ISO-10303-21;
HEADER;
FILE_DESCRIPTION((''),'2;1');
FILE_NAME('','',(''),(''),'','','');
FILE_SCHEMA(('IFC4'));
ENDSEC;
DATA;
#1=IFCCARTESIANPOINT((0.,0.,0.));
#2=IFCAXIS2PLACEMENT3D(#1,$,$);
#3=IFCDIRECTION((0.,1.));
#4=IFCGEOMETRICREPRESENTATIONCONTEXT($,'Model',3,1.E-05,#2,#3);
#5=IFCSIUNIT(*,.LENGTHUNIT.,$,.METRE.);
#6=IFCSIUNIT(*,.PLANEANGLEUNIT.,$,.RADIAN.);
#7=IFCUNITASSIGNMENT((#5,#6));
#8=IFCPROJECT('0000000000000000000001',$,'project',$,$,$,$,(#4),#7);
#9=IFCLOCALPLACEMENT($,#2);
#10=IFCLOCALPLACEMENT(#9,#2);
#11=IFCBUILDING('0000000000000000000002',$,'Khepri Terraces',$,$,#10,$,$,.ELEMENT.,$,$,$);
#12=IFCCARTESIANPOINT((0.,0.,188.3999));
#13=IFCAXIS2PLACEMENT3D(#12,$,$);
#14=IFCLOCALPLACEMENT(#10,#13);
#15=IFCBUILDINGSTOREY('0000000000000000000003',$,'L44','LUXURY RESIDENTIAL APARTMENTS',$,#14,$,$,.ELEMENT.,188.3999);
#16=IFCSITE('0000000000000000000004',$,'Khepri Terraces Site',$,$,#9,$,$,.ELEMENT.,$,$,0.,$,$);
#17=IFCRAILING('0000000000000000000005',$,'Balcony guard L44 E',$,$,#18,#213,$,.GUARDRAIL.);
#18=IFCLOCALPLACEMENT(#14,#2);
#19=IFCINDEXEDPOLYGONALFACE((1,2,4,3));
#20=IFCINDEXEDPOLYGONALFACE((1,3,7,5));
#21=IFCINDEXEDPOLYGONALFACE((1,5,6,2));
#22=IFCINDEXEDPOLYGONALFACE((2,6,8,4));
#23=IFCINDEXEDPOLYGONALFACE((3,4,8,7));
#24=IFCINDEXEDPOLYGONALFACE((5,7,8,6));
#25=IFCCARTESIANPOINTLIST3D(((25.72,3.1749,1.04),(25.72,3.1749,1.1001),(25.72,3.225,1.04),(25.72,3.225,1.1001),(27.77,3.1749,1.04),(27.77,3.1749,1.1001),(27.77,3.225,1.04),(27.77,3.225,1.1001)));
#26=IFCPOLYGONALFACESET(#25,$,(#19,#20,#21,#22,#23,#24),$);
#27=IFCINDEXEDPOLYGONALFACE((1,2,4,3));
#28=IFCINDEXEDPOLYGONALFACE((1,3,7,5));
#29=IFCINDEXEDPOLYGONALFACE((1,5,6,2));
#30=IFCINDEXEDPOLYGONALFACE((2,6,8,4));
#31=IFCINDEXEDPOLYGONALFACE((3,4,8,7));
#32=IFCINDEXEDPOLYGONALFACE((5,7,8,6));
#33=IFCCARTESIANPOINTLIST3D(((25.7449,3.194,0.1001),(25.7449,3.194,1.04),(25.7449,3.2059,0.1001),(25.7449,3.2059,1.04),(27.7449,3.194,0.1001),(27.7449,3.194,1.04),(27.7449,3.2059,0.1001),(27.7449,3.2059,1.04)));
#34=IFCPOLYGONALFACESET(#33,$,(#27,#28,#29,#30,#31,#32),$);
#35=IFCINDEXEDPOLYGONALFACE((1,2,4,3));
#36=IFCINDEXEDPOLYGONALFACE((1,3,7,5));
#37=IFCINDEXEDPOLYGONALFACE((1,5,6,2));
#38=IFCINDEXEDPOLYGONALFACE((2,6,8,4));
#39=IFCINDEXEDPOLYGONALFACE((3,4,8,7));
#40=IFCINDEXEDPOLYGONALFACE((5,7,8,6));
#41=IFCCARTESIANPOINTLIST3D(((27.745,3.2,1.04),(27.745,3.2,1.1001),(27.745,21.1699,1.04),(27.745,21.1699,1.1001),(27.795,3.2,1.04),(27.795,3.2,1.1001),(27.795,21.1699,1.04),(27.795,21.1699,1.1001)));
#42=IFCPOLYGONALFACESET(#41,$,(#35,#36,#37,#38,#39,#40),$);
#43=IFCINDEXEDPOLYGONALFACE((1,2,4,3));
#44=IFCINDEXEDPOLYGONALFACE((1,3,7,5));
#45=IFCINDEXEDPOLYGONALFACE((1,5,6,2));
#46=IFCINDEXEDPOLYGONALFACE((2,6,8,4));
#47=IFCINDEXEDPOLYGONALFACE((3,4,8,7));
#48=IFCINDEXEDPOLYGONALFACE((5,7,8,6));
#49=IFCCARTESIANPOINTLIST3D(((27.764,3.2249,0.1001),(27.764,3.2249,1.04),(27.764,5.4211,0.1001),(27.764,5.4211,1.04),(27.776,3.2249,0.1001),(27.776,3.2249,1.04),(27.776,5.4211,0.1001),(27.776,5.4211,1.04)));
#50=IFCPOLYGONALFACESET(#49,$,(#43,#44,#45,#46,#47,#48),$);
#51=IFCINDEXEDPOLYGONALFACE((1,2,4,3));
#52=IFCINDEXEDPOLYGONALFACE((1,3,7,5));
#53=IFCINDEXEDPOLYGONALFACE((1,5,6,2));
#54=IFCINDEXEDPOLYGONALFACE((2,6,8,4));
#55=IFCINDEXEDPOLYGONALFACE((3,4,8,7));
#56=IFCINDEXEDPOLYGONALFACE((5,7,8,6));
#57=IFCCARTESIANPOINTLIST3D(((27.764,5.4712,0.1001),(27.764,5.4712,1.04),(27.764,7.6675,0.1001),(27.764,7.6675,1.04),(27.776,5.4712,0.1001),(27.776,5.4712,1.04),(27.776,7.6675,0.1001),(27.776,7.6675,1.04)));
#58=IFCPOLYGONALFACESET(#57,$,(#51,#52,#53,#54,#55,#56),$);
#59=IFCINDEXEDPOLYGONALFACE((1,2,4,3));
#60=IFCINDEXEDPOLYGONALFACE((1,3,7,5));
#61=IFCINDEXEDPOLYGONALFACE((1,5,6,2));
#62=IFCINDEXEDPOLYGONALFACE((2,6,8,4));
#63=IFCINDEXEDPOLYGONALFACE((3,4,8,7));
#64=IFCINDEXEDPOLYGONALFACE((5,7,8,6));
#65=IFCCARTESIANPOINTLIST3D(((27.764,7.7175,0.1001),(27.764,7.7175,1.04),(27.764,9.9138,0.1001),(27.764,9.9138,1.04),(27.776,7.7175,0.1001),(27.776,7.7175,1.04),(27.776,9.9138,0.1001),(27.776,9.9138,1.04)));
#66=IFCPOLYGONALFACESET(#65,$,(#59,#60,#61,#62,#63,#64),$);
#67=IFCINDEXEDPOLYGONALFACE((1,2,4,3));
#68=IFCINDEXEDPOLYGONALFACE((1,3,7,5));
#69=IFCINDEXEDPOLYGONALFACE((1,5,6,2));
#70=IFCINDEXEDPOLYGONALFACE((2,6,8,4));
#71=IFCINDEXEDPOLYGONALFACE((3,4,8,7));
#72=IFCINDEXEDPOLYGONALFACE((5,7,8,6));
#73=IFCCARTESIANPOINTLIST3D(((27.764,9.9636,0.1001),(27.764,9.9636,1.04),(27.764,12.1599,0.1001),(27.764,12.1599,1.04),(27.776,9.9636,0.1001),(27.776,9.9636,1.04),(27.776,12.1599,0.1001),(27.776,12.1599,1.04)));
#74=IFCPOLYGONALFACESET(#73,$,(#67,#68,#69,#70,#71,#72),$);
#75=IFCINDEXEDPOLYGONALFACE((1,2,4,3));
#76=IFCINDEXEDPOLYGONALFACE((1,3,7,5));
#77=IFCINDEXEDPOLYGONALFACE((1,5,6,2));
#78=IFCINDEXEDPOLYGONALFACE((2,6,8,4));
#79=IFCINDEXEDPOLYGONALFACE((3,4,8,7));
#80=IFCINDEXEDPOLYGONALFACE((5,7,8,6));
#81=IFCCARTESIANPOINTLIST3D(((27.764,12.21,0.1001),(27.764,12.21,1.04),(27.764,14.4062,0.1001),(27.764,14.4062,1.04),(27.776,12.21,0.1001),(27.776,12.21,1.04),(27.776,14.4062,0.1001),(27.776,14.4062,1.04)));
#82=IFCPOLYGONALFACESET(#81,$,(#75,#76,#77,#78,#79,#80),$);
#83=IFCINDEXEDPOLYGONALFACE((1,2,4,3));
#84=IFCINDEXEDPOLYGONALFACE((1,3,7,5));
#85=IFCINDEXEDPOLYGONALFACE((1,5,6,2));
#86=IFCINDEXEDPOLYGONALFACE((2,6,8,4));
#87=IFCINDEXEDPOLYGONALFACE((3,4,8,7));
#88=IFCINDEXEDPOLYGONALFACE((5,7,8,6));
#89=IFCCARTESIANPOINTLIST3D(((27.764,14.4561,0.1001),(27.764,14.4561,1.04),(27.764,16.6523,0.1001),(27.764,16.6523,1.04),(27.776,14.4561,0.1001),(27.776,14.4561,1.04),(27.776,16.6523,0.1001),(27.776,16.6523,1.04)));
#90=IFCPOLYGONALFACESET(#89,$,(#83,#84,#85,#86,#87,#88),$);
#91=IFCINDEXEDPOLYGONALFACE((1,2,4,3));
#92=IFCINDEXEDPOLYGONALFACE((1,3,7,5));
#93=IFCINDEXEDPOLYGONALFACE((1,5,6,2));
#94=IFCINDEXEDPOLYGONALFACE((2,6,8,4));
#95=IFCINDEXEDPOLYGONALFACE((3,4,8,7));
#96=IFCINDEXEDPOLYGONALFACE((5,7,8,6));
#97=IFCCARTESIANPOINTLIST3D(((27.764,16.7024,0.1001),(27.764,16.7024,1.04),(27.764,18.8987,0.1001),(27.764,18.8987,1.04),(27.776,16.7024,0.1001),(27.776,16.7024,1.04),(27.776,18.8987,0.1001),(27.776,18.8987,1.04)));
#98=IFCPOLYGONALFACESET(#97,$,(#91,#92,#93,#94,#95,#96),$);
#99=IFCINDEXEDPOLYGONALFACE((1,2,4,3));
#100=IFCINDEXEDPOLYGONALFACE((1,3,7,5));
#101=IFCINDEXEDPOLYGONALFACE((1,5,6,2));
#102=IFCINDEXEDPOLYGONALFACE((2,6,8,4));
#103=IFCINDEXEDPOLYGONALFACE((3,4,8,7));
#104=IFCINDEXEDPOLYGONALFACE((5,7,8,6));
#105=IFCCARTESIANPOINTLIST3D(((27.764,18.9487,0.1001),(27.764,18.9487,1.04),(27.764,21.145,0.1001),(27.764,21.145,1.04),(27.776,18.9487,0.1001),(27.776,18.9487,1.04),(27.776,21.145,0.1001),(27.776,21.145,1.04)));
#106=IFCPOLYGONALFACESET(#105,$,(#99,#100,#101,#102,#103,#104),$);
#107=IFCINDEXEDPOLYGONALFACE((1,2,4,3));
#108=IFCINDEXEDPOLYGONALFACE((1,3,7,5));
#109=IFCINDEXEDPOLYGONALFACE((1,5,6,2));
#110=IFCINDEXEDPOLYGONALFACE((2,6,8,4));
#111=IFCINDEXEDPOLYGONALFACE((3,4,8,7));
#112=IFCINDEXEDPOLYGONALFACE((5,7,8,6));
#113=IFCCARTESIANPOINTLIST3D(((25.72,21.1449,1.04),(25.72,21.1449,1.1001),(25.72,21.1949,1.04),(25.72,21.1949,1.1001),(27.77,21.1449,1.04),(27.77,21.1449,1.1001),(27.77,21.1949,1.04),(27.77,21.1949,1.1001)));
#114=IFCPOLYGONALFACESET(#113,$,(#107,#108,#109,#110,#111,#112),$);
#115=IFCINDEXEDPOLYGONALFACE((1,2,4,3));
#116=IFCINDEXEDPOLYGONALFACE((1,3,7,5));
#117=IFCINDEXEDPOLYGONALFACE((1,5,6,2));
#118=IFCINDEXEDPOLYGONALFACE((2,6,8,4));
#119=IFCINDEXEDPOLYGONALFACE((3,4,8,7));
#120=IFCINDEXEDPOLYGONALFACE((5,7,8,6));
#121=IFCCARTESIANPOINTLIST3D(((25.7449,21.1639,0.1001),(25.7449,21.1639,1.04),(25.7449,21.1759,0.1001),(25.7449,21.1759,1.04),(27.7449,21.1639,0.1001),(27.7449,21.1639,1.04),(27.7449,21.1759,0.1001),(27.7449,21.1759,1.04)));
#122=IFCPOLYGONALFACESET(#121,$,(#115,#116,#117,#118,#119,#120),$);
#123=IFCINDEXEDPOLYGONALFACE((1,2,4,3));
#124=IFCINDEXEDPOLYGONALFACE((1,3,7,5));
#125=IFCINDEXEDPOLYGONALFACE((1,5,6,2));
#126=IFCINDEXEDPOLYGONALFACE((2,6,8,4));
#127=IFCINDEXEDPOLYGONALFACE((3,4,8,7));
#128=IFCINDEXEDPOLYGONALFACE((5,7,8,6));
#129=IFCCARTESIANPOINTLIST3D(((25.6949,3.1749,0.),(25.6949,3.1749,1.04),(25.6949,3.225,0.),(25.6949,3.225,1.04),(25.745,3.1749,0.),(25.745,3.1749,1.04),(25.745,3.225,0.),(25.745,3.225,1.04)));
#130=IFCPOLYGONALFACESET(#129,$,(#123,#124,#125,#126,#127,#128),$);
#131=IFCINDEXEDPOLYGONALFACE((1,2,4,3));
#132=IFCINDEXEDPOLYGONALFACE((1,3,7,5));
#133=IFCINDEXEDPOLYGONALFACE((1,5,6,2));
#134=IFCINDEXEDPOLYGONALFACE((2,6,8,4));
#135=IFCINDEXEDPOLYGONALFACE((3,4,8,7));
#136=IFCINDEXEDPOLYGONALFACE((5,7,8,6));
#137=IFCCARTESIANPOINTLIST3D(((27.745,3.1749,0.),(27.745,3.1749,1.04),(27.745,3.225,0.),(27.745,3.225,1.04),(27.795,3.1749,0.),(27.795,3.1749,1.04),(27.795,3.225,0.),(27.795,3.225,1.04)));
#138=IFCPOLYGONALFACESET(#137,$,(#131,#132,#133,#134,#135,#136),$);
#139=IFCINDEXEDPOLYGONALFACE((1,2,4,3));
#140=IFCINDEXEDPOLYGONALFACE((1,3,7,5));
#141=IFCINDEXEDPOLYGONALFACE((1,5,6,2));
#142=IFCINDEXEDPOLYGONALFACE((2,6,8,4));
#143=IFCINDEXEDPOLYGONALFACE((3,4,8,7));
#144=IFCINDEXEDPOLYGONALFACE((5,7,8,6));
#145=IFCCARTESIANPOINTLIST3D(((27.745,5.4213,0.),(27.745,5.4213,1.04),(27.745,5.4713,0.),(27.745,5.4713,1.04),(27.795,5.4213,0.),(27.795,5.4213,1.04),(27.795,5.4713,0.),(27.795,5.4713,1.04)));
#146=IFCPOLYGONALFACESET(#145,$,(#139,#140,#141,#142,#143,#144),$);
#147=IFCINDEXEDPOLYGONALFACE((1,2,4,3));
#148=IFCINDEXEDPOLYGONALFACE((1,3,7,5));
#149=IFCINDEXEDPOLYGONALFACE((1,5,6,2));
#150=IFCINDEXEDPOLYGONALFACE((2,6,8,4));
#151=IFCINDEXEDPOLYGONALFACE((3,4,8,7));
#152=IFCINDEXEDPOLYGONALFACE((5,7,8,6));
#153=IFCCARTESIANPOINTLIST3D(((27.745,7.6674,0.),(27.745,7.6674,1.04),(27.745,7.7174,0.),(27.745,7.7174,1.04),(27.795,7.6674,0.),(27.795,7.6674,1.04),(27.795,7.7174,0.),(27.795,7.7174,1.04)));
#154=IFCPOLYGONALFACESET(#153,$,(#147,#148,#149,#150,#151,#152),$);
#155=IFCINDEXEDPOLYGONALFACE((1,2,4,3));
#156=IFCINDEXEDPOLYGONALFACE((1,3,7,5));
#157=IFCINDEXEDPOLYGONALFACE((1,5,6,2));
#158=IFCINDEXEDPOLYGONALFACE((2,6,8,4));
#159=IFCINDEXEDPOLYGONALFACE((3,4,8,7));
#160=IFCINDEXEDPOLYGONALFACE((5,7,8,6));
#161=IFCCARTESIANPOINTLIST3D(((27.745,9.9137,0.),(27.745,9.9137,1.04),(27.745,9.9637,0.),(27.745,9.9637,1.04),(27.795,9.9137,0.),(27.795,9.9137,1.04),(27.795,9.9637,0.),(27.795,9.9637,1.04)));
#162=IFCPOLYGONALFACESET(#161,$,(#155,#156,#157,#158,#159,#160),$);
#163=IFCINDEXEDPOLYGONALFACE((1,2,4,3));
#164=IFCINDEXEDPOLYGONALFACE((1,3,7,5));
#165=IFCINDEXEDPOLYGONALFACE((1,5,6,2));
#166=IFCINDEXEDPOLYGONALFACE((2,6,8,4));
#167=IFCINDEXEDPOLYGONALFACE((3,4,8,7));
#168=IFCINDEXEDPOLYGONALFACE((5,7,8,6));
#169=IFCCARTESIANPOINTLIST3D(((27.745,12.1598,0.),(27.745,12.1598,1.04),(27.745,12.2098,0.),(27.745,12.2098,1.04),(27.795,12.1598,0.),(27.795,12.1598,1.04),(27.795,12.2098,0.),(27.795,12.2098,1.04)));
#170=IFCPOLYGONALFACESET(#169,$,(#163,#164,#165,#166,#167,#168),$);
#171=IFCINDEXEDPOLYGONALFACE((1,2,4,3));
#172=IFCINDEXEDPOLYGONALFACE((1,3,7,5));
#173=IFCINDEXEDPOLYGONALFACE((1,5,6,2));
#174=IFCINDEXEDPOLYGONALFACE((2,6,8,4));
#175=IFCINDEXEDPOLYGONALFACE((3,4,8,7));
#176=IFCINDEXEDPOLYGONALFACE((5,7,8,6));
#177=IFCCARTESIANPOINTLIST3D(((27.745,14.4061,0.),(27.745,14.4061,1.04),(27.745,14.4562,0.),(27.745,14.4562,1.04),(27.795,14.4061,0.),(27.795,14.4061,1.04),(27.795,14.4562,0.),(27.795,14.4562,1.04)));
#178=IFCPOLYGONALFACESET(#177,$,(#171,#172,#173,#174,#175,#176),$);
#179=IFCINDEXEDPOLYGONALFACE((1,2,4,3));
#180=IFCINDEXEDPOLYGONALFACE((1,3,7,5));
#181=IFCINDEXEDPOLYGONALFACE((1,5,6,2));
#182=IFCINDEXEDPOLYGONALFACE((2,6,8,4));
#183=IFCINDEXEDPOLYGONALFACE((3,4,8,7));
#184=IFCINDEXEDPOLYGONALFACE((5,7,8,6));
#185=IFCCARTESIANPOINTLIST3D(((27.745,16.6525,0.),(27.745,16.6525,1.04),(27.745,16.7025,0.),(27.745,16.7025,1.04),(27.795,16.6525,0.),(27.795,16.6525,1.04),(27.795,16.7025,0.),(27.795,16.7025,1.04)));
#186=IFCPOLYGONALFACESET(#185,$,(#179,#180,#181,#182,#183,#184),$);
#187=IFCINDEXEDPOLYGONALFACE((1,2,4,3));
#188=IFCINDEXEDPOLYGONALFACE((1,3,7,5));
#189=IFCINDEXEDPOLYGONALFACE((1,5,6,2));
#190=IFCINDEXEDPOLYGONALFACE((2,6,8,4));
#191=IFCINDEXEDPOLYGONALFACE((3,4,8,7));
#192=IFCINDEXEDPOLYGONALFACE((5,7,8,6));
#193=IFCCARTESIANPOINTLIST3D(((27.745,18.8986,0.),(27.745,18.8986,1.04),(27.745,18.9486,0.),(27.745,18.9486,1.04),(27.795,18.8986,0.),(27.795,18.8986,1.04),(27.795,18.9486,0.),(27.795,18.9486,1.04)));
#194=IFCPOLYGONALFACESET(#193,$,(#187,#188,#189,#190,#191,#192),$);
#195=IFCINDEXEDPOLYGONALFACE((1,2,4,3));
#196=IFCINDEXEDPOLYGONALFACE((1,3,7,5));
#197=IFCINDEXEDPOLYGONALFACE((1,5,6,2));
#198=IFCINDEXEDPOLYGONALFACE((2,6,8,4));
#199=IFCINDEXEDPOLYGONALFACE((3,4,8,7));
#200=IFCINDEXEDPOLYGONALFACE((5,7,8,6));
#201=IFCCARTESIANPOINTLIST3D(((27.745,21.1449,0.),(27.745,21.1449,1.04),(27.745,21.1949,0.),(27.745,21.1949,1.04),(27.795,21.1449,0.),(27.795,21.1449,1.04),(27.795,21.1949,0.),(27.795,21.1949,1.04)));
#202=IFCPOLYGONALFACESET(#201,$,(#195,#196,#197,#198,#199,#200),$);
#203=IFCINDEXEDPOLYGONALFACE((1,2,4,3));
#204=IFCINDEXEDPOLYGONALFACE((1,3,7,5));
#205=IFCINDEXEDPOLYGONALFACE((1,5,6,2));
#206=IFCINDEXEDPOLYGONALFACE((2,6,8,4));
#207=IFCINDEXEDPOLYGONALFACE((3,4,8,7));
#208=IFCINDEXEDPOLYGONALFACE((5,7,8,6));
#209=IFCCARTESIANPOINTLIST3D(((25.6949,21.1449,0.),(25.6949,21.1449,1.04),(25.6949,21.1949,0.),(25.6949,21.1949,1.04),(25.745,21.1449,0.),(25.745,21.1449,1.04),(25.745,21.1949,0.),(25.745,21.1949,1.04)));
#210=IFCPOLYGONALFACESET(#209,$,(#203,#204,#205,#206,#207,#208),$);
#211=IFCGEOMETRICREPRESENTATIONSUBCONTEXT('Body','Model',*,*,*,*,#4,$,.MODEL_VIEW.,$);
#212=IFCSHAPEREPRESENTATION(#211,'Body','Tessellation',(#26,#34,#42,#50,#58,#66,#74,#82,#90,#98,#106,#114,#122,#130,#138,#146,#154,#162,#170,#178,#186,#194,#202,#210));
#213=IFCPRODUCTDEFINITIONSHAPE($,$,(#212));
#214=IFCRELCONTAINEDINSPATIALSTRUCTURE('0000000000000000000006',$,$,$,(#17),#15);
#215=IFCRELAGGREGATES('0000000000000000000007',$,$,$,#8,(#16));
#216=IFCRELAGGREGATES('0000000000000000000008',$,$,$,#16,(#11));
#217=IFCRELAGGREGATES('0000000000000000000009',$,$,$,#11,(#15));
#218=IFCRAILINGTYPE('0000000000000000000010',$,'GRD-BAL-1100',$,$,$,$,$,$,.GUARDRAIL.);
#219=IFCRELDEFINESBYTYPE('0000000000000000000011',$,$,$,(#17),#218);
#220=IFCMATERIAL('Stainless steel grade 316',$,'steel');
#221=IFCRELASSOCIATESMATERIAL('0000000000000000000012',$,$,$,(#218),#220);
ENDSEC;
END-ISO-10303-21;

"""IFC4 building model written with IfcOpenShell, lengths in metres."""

from ifc_helpers import new_model, si_unit, direction, frame, origin, origin_2d, place, context, subcontext, project, spatial, rectangle, extrude, material, type_object, element, save


model = new_model("IFC4")

# Units and contexts
model_context = context("Model", 3, precision=1e-05, world=origin(), true_north=direction((0.0, 1.0)))
body_context = subcontext(model_context, "Body", "Model", "MODEL_VIEW")
ifc_project = project(units=[si_unit("LENGTHUNIT", "METRE"), si_unit("PLANEANGLEUNIT", "RADIAN")], contexts=[model_context])

# Site, building, storey
site_placement = place(None, origin())
site = spatial("IfcSite", under=ifc_project, at=site_placement, Name="Khepri Terraces Site", CompositionType="ELEMENT", RefElevation=0.0)
building_placement = place(site_placement, origin())
building = spatial("IfcBuilding", under=site, at=building_placement, Name="Khepri Terraces", CompositionType="ELEMENT")
storey_placement = place(building_placement, frame((0.0, 0.0, 188.3999)))
storey = spatial("IfcBuildingStorey", under=building, at=storey_placement, Name="L44", Description="LUXURY RESIDENTIAL APARTMENTS", CompositionType="ELEMENT", Elevation=188.3999)

# Railing
ifc_material_1 = material(Name="Stainless steel grade 316", Category="steel")
railing_type_1 = type_object("IfcRailingType", Name="GRD-BAL-1100", PredefinedType="GUARDRAIL", material=ifc_material_1)
railing_1_placement = place(storey_placement, frame((25.72, 3.2, 0.0)))
element("IfcRailing", 1, at=railing_1_placement, inside=storey, type_object=railing_type_1, Name="Balcony guard L44 E", PredefinedType="GUARDRAIL", context=body_context, shape_type="SweptSolid", body=[
    extrude(rectangle(XDim=0.05, YDim=0.0601, at=origin_2d()), frame((0.0, 0.0, 1.0701), z_axis=(1.0, 0.0, 0.0), x_axis=(0.0, 1.0, 0.0)), (0.0, 0.0, 1.0), 2.05),
    extrude(rectangle(XDim=2.0, YDim=0.012, at=origin_2d()), frame((1.0249, 0.0, 0.1001), z_axis=(0.0, 0.0, 1.0), x_axis=(1.0, 0.0, 0.0)), (0.0, 0.0, 1.0), 0.9399),
    extrude(rectangle(XDim=0.05, YDim=0.0601, at=origin_2d()), frame((2.05, 0.0, 1.0701), z_axis=(0.0, 1.0, 0.0), x_axis=(-1.0, 0.0, 0.0)), (0.0, 0.0, 1.0), 17.97),
    extrude(rectangle(XDim=2.1963, YDim=0.012, at=origin_2d()), frame((2.05, 1.123, 0.1001), z_axis=(0.0, 0.0, 1.0), x_axis=(0.0, 1.0, 0.0)), (0.0, 0.0, 1.0), 0.9399),
    extrude(rectangle(XDim=2.1963, YDim=0.012, at=origin_2d()), frame((2.05, 3.3694, 0.1001), z_axis=(0.0, 0.0, 1.0), x_axis=(0.0, 1.0, 0.0)), (0.0, 0.0, 1.0), 0.9399),
    extrude(rectangle(XDim=2.1963, YDim=0.012, at=origin_2d()), frame((2.05, 5.6157, 0.1001), z_axis=(0.0, 0.0, 1.0), x_axis=(0.0, 1.0, 0.0)), (0.0, 0.0, 1.0), 0.9399),
    extrude(rectangle(XDim=2.1963, YDim=0.012, at=origin_2d()), frame((2.05, 7.8618, 0.1001), z_axis=(0.0, 0.0, 1.0), x_axis=(0.0, 1.0, 0.0)), (0.0, 0.0, 1.0), 0.9399),
    extrude(rectangle(XDim=2.1963, YDim=0.012, at=origin_2d()), frame((2.05, 10.1082, 0.1001), z_axis=(0.0, 0.0, 1.0), x_axis=(0.0, 1.0, 0.0)), (0.0, 0.0, 1.0), 0.9399),
    extrude(rectangle(XDim=2.1963, YDim=0.012, at=origin_2d()), frame((2.05, 12.3542, 0.1001), z_axis=(0.0, 0.0, 1.0), x_axis=(0.0, 1.0, 0.0)), (0.0, 0.0, 1.0), 0.9399),
    extrude(rectangle(XDim=2.1963, YDim=0.012, at=origin_2d()), frame((2.05, 14.6006, 0.1001), z_axis=(0.0, 0.0, 1.0), x_axis=(0.0, 1.0, 0.0)), (0.0, 0.0, 1.0), 0.9399),
    extrude(rectangle(XDim=2.1963, YDim=0.012, at=origin_2d()), frame((2.05, 16.8469, 0.1001), z_axis=(0.0, 0.0, 1.0), x_axis=(0.0, 1.0, 0.0)), (0.0, 0.0, 1.0), 0.9399),
    extrude(rectangle(XDim=0.05, YDim=0.0601, at=origin_2d()), frame((2.05, 17.97, 1.0701), z_axis=(-1.0, 0.0, 0.0), x_axis=(0.0, -1.0, 0.0)), (0.0, 0.0, 1.0), 2.05),
    extrude(rectangle(XDim=2.0, YDim=0.012, at=origin_2d()), frame((1.0249, 17.97, 0.1001), z_axis=(0.0, 0.0, 1.0), x_axis=(-1.0, 0.0, 0.0)), (0.0, 0.0, 1.0), 0.9399),
    extrude(rectangle(XDim=0.05, YDim=0.05, at=origin_2d()), origin(), (0.0, 0.0, 1.0), 1.04),
    extrude(rectangle(XDim=0.05, YDim=0.05, at=origin_2d()), frame((2.05, 0.0, 0.0)), (0.0, 0.0, 1.0), 1.04),
    extrude(rectangle(XDim=0.05, YDim=0.05, at=origin_2d()), frame((2.05, 2.2463, 0.0)), (0.0, 0.0, 1.0), 1.04),
    extrude(rectangle(XDim=0.05, YDim=0.05, at=origin_2d()), frame((2.05, 4.4924, 0.0)), (0.0, 0.0, 1.0), 1.04),
    extrude(rectangle(XDim=0.05, YDim=0.05, at=origin_2d()), frame((2.05, 6.7388, 0.0)), (0.0, 0.0, 1.0), 1.04),
    extrude(rectangle(XDim=0.05, YDim=0.05, at=origin_2d()), frame((2.05, 8.9849, 0.0)), (0.0, 0.0, 1.0), 1.04),
    extrude(rectangle(XDim=0.05, YDim=0.05, at=origin_2d()), frame((2.05, 11.2312, 0.0)), (0.0, 0.0, 1.0), 1.04),
    extrude(rectangle(XDim=0.05, YDim=0.05, at=origin_2d()), frame((2.05, 13.4775, 0.0)), (0.0, 0.0, 1.0), 1.04),
    extrude(rectangle(XDim=0.05, YDim=0.05, at=origin_2d()), frame((2.05, 15.7236, 0.0)), (0.0, 0.0, 1.0), 1.04),
    extrude(rectangle(XDim=0.05, YDim=0.05, at=origin_2d()), frame((2.05, 17.97, 0.0)), (0.0, 0.0, 1.0), 1.04),
    extrude(rectangle(XDim=0.05, YDim=0.05, at=origin_2d()), frame((0.0, 17.97, 0.0)), (0.0, 0.0, 1.0), 1.04),
])

save(model, "model.ifc")
